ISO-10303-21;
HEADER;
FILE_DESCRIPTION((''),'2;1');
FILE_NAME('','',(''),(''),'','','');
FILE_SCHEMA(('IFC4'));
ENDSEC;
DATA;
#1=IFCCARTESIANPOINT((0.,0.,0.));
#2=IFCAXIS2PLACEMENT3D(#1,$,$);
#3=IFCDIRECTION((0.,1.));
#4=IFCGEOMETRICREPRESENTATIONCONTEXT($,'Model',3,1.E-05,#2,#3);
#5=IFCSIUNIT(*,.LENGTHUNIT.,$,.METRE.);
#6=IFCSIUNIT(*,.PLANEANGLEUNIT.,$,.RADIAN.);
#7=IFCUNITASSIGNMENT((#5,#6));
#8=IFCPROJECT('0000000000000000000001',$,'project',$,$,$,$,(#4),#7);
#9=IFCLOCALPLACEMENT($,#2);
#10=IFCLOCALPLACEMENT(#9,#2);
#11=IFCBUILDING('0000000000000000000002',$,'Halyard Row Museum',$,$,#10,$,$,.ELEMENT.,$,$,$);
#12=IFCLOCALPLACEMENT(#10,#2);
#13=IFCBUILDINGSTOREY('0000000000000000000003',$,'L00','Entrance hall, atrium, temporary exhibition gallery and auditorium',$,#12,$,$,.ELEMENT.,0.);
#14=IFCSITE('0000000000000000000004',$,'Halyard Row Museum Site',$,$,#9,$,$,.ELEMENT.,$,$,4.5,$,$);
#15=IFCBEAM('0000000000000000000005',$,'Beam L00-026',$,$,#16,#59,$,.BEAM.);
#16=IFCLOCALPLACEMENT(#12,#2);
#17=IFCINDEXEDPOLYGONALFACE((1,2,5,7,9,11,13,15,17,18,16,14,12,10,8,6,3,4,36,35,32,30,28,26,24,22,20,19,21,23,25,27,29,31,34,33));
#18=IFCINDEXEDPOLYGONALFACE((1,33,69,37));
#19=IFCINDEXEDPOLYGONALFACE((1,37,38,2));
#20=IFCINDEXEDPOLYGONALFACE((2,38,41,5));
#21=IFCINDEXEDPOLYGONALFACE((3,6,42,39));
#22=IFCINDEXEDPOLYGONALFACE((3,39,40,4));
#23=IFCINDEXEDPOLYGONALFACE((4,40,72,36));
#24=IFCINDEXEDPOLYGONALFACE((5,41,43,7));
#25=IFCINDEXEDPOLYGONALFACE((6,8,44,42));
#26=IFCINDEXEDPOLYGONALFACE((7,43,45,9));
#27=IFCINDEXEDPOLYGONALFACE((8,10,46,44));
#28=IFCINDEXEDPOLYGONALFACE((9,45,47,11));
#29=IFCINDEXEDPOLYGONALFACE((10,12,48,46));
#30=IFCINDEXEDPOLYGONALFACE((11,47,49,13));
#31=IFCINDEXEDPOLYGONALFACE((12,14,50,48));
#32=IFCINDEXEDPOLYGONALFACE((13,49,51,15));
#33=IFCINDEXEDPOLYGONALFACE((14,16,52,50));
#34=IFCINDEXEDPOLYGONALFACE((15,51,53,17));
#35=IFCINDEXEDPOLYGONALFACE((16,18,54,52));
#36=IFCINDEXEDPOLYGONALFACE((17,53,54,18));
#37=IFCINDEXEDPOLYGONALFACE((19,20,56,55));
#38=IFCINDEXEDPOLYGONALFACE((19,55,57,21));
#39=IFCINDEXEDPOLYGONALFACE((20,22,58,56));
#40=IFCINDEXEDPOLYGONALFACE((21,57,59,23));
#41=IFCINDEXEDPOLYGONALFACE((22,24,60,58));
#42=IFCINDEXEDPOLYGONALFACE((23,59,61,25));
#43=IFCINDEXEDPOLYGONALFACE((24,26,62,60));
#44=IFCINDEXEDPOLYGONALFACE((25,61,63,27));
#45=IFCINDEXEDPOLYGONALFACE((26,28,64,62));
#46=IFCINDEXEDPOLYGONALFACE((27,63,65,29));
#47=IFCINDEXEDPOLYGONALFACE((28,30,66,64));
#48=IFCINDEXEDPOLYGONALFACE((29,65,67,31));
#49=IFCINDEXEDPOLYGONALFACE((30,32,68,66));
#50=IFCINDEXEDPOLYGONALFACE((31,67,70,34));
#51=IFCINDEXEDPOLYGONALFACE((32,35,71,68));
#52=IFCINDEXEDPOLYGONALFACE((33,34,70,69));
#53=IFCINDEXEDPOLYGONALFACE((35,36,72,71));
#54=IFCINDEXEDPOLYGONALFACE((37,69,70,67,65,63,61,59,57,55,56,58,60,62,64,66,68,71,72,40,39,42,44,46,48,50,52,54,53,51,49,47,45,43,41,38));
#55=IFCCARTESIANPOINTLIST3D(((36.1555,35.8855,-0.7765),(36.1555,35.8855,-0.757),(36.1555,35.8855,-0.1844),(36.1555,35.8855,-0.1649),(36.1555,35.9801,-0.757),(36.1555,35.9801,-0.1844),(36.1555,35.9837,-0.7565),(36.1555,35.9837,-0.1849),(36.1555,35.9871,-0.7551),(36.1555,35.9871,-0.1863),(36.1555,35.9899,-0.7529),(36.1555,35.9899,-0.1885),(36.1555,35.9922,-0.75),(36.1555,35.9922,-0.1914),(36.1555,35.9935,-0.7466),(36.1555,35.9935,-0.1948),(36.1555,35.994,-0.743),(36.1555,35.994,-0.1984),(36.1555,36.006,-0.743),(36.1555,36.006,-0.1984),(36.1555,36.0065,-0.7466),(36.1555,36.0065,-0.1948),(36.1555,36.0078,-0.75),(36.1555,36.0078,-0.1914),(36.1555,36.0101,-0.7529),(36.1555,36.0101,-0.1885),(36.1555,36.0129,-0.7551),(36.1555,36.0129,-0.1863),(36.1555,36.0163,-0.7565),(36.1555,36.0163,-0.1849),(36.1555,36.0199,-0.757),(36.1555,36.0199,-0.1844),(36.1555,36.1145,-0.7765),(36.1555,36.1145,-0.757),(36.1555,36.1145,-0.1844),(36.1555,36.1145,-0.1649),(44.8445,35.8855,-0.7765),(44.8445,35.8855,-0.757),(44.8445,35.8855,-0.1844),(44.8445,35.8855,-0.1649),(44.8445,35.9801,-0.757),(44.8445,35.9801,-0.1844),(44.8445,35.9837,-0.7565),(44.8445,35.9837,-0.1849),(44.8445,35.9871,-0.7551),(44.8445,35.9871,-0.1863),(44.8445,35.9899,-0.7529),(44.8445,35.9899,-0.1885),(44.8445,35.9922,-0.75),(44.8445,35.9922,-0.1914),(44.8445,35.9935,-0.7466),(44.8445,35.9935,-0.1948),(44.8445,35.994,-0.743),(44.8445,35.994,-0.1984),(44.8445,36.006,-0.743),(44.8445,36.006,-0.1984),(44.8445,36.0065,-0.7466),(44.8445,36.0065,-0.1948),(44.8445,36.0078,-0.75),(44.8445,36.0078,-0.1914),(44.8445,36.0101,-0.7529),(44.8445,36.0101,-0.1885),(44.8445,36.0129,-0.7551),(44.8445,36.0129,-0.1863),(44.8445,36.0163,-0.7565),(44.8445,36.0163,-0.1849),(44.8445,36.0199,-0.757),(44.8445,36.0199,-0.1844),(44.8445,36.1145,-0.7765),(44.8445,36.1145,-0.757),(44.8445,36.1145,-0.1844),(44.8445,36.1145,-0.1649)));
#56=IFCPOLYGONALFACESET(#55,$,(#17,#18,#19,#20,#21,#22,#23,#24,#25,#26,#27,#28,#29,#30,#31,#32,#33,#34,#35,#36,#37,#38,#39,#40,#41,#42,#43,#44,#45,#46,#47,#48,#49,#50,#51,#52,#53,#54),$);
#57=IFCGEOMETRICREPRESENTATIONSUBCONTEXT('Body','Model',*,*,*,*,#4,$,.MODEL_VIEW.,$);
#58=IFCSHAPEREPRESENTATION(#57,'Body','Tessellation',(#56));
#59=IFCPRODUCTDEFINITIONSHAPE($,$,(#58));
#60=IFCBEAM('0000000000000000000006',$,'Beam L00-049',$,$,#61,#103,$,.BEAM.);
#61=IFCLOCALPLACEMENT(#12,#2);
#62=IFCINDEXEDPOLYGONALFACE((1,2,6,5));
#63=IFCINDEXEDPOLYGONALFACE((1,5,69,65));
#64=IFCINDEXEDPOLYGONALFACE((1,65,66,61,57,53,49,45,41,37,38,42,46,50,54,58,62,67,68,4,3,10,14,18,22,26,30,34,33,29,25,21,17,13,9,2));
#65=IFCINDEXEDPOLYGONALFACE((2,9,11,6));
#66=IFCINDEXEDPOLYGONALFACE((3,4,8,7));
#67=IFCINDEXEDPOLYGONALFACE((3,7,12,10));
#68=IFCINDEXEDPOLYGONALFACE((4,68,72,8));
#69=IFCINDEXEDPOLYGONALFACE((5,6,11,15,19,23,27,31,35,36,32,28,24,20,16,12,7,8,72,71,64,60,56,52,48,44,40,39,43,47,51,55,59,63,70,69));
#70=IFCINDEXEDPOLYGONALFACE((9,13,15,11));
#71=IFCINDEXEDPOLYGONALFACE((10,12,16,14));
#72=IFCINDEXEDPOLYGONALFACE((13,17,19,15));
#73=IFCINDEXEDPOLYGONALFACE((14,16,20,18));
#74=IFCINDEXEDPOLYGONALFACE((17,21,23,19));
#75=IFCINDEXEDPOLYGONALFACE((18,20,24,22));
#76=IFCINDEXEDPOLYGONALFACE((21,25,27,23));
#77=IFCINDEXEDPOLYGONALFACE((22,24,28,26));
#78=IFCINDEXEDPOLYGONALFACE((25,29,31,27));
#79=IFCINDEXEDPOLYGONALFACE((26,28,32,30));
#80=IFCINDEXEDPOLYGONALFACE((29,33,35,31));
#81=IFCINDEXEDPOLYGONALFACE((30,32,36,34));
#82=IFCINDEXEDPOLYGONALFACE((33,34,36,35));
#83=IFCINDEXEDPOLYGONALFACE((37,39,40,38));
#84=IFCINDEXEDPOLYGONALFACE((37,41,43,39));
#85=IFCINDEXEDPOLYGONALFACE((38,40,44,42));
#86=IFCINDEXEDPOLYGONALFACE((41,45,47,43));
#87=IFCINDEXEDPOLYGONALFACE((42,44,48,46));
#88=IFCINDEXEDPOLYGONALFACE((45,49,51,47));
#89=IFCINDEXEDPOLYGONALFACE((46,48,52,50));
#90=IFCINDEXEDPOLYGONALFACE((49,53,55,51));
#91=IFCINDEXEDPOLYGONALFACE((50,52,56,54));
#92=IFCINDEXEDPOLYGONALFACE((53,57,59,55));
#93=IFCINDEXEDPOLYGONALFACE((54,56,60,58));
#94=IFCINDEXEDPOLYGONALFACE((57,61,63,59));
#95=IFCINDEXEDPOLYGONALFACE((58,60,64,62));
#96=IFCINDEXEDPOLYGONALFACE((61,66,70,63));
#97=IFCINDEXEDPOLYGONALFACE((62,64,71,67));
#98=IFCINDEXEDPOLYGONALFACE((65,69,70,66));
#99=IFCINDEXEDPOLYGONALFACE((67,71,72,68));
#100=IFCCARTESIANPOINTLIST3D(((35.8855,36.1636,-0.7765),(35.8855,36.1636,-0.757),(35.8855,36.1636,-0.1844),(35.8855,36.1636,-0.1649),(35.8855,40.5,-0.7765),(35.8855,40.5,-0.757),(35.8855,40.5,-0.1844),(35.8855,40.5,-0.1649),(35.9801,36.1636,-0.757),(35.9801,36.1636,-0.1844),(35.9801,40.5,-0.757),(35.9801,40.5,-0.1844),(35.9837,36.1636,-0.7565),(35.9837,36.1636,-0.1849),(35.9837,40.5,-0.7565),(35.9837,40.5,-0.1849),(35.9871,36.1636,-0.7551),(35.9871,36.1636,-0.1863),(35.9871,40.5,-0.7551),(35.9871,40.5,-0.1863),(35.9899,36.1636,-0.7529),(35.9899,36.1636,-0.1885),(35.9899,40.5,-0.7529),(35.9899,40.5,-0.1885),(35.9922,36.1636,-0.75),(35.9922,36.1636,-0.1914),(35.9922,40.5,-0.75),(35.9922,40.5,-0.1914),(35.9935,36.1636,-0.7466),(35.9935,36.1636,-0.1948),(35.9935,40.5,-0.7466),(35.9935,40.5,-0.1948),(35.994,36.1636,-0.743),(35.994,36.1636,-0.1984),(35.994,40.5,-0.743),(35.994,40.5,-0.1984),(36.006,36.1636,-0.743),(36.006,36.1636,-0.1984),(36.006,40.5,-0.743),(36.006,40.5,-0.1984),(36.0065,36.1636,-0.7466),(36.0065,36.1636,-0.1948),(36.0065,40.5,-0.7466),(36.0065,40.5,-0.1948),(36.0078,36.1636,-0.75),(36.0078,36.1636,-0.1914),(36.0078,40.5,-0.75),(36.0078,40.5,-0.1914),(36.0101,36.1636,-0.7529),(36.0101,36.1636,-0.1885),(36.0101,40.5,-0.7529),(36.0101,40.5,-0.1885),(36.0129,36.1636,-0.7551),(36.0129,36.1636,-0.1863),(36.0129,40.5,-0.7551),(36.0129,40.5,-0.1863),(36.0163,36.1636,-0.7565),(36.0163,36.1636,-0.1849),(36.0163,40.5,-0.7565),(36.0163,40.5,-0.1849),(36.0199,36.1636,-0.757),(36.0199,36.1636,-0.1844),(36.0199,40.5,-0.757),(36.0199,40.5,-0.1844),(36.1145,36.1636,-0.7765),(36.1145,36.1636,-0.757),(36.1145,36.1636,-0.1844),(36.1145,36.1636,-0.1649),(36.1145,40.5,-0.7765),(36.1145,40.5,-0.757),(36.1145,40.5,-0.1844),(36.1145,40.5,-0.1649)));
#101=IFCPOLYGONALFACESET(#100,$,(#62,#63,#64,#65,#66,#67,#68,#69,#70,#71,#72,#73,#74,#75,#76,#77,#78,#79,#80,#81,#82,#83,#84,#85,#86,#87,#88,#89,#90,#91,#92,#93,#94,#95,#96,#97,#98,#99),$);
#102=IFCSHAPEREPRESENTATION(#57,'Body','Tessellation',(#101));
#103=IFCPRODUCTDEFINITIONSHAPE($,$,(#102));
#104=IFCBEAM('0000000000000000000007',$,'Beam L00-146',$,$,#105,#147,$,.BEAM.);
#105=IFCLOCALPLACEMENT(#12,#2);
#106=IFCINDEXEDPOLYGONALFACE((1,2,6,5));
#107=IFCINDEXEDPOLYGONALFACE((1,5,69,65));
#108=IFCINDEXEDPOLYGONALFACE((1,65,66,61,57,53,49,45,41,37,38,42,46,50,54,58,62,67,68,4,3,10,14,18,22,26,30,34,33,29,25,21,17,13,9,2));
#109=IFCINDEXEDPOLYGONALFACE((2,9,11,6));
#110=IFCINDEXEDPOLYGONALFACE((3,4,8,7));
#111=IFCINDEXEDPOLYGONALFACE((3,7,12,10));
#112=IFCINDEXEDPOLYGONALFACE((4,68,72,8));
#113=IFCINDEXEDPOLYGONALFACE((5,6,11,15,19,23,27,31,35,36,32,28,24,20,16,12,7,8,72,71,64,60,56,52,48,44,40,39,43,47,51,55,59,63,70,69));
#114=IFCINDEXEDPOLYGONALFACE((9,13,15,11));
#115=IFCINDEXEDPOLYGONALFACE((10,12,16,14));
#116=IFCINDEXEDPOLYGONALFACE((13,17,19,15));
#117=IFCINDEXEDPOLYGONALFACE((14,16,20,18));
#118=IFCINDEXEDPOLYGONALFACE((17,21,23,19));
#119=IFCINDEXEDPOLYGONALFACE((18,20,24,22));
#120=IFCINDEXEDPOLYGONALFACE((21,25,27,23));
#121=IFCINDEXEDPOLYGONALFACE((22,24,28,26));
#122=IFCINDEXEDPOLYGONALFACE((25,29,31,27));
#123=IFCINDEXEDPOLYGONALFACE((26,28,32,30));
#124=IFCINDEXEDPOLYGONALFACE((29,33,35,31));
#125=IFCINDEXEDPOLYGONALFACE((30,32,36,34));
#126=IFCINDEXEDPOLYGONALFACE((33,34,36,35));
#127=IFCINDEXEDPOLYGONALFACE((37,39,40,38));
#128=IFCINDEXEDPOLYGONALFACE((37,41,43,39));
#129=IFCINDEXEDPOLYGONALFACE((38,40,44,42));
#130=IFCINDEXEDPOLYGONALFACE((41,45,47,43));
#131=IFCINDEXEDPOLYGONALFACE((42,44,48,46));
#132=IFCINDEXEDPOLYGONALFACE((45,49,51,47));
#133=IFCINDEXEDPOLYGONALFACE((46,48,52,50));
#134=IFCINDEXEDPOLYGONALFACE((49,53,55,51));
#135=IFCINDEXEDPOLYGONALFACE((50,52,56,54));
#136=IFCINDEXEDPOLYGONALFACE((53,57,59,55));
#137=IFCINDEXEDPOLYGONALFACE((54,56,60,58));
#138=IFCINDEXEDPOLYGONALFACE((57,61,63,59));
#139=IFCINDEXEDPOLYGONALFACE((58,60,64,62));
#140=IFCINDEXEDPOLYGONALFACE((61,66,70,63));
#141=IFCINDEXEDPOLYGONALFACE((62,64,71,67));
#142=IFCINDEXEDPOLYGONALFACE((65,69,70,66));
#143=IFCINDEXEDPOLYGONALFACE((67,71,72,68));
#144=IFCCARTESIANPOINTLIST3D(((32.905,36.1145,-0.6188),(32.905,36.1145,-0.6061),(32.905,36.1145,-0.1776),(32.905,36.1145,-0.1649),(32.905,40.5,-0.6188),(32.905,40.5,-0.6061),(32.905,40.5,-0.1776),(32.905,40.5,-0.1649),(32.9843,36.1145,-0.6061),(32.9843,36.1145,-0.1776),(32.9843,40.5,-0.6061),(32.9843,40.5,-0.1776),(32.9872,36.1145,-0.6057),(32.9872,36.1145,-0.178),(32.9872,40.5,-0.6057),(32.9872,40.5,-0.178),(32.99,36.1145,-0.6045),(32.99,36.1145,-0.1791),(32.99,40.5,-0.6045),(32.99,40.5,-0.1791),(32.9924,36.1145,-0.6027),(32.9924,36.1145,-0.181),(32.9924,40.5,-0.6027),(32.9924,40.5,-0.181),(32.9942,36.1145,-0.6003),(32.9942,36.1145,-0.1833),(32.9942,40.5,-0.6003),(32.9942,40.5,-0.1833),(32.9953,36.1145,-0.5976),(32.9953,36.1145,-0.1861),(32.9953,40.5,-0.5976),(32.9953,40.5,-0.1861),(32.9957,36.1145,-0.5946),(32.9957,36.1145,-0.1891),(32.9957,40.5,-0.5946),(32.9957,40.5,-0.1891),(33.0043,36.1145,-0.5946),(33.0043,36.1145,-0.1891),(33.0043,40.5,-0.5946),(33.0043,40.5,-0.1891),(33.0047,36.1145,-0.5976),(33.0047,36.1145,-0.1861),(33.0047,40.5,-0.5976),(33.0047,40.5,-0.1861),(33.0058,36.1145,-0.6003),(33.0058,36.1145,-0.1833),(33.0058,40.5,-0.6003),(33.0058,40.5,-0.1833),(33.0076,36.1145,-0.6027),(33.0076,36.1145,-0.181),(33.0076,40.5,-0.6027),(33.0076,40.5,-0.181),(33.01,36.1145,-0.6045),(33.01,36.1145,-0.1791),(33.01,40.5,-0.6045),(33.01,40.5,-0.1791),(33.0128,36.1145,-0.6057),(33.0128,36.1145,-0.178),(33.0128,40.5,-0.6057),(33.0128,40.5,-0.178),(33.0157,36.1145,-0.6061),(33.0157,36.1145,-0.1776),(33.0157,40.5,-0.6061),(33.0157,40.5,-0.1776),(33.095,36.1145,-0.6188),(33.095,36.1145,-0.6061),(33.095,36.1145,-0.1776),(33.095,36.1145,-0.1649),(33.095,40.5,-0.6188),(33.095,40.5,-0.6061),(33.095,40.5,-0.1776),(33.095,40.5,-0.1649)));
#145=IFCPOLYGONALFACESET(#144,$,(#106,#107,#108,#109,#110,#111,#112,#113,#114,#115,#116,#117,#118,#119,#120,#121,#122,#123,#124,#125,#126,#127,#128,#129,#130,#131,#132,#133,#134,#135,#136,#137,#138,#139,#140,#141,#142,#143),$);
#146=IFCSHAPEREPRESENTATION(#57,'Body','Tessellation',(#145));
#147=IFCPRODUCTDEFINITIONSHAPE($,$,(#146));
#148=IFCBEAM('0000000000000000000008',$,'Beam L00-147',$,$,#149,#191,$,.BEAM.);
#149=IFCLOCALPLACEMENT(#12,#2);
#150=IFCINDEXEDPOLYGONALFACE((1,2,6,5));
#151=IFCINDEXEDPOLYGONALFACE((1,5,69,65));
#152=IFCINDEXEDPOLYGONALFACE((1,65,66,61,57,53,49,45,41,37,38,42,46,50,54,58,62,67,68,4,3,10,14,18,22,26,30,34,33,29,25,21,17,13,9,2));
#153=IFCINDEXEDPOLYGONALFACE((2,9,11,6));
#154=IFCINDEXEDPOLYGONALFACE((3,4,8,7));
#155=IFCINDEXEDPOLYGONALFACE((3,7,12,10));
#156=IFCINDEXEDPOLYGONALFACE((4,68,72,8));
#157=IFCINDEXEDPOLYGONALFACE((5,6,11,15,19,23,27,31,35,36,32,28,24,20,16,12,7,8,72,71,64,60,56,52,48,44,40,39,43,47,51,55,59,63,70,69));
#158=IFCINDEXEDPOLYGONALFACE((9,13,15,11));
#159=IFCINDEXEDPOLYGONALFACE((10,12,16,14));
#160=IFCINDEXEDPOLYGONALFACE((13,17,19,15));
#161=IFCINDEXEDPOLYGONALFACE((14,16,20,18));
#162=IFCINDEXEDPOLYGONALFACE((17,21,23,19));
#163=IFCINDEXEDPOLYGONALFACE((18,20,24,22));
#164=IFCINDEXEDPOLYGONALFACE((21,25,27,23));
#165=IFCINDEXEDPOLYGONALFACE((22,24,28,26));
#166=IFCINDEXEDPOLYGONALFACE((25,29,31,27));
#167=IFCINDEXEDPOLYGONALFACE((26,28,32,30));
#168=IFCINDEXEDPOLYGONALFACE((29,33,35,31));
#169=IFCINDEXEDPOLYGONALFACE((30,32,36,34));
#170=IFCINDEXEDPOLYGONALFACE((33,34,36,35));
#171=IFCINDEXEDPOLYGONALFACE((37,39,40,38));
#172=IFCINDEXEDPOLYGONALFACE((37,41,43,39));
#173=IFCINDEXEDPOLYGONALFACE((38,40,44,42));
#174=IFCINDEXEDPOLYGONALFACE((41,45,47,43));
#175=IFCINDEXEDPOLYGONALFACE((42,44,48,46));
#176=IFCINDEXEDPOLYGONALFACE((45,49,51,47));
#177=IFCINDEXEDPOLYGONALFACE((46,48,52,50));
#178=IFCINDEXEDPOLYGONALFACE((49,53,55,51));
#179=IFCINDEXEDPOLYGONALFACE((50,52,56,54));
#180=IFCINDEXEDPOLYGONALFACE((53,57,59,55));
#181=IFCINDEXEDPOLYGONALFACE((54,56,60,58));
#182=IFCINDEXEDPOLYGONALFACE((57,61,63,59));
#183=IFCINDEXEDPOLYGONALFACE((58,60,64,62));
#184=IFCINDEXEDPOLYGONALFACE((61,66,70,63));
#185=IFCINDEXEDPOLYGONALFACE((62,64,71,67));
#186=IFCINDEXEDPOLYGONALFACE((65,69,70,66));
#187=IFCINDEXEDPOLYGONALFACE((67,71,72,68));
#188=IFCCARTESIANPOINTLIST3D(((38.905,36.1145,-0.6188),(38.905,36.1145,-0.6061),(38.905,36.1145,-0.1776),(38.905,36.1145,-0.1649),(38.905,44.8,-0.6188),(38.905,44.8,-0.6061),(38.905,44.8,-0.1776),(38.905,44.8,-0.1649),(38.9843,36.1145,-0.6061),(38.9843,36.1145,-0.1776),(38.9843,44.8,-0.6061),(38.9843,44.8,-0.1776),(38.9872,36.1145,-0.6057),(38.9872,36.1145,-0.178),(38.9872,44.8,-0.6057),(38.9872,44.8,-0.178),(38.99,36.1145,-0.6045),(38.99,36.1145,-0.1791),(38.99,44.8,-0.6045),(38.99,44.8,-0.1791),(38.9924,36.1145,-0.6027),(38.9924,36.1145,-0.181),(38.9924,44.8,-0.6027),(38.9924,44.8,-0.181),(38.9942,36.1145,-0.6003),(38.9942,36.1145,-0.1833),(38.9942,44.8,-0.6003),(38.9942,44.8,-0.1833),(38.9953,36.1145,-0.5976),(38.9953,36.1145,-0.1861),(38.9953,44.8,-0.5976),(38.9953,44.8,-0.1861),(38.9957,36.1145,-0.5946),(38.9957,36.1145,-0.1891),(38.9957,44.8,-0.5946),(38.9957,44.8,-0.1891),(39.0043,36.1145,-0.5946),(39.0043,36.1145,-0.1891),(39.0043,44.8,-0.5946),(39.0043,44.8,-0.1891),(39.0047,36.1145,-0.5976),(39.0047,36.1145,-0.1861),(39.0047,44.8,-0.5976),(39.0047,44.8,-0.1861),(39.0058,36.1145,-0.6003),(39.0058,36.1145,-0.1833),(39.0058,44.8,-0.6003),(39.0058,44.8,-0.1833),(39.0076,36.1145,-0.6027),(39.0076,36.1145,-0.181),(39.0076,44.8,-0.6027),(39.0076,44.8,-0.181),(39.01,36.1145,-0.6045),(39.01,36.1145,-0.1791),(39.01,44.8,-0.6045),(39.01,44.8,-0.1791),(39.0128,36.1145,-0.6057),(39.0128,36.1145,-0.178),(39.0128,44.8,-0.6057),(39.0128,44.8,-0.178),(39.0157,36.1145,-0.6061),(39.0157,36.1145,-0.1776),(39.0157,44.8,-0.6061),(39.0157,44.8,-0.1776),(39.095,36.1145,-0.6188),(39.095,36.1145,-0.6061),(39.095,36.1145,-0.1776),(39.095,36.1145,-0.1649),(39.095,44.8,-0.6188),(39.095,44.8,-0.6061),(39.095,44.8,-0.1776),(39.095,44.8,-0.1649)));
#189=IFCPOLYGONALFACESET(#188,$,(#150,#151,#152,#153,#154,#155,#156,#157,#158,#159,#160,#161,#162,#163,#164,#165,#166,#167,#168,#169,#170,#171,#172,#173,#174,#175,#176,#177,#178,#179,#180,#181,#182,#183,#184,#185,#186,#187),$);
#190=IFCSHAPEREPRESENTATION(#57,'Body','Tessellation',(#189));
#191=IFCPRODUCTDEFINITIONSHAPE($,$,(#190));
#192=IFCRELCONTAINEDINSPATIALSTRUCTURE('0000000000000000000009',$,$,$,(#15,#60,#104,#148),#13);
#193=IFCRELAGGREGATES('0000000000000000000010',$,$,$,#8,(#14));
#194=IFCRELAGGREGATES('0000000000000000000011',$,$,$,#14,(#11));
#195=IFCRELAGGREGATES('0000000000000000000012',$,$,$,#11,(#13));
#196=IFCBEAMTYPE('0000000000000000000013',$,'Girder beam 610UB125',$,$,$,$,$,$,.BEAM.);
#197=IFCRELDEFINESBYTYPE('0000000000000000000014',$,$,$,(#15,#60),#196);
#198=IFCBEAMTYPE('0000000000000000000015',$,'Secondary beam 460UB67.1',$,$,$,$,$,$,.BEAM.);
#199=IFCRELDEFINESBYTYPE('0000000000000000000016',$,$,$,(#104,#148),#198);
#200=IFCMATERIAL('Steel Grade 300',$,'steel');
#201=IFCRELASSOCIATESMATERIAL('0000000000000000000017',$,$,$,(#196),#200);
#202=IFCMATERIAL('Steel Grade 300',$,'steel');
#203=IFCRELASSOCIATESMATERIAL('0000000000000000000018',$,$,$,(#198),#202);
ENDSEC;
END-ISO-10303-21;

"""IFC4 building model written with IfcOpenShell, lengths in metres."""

from ifc_helpers import new_model, si_unit, direction, frame, origin, origin_2d, place, context, subcontext, project, spatial, i_section, extrude, material, material_profile, profile_set, type_object, element, save


model = new_model("IFC4")

# Units and contexts
model_context = context("Model", 3, precision=1e-05, world=origin(), true_north=direction((0.0, 1.0)))
body_context = subcontext(model_context, "Body", "Model", "MODEL_VIEW")
ifc_project = project(units=[si_unit("LENGTHUNIT", "METRE"), si_unit("PLANEANGLEUNIT", "RADIAN")], contexts=[model_context])

# Site, building, storey
site_placement = place(None, origin())
site = spatial("IfcSite", under=ifc_project, at=site_placement, Name="Halyard Row Museum Site", CompositionType="ELEMENT", RefElevation=4.5)
building_placement = place(site_placement, origin())
building = spatial("IfcBuilding", under=site, at=building_placement, Name="Halyard Row Museum", CompositionType="ELEMENT")
storey_placement = place(building_placement, origin())
storey = spatial("IfcBuildingStorey", under=building, at=storey_placement, Name="L00", Description="Entrance hall, atrium, temporary exhibition gallery and auditorium", CompositionType="ELEMENT", Elevation=0.0)

# Beams
ifc_material_1 = material(Name="Steel Grade 300", Category="steel")
ifc_material_profile_1 = material_profile(ifc_material_1, i_section(OverallWidth=0.229, OverallDepth=0.6116, WebThickness=0.012, FlangeThickness=0.0195, FilletRadius=0.0139, at=origin_2d()), Name="610UB125")
ifc_profile_set_1 = profile_set([ifc_material_profile_1], Name="Steel Grade 300")
beam_type_1 = type_object("IfcBeamType", Name="Girder beam 610UB125", PredefinedType="BEAM", material=ifc_profile_set_1)
beam_1_placement = place(storey_placement, frame((36.1555, 36.0, -0.4707), z_axis=(1.0, 0.0, 0.0), x_axis=(0.0, 1.0, 0.0)))
element("IfcBeam", 1, at=beam_1_placement, inside=storey, type_object=beam_type_1, Name="Beam L00-026", PredefinedType="BEAM", context=body_context, shape_type="SweptSolid", body=[
    extrude(i_section(OverallWidth=0.229, OverallDepth=0.6116, WebThickness=0.012, FlangeThickness=0.0195, FilletRadius=0.0139, at=origin_2d()), origin(), (0.0, 0.0, 1.0), 8.689),
])
beam_2_placement = place(storey_placement, frame((36.0, 36.1636, -0.4707), z_axis=(0.0, 1.0, 0.0), x_axis=(-1.0, 0.0, 0.0)))
element("IfcBeam", 2, at=beam_2_placement, inside=storey, type_object=beam_type_1, Name="Beam L00-049", PredefinedType="BEAM", context=body_context, shape_type="SweptSolid", body=[
    extrude(i_section(OverallWidth=0.229, OverallDepth=0.6116, WebThickness=0.012, FlangeThickness=0.0195, FilletRadius=0.0139, at=origin_2d()), origin(), (0.0, 0.0, 1.0), 4.3364),
])
ifc_material_2 = material(Name="Steel Grade 300", Category="steel")
ifc_material_profile_2 = material_profile(ifc_material_2, i_section(OverallWidth=0.1899, OverallDepth=0.4539, WebThickness=0.0085, FlangeThickness=0.0127, FilletRadius=0.0115, at=origin_2d()), Name="460UB67.1")
ifc_profile_set_2 = profile_set([ifc_material_profile_2], Name="Steel Grade 300")
beam_type_2 = type_object("IfcBeamType", Name="Secondary beam 460UB67.1", PredefinedType="BEAM", material=ifc_profile_set_2)
beam_3_placement = place(storey_placement, frame((33.0, 36.1145, -0.3918), z_axis=(0.0, 1.0, 0.0), x_axis=(-1.0, 0.0, 0.0)))
element("IfcBeam", 3, at=beam_3_placement, inside=storey, type_object=beam_type_2, Name="Beam L00-146", PredefinedType="BEAM", context=body_context, shape_type="SweptSolid", body=[
    extrude(i_section(OverallWidth=0.1899, OverallDepth=0.4539, WebThickness=0.0085, FlangeThickness=0.0127, FilletRadius=0.0115, at=origin_2d()), origin(), (0.0, 0.0, 1.0), 4.3855),
])
for number, where, z_axis, x_axis, name in (
    (4, (39.0, 36.1145, -0.3918), (0.0, 1.0, 0.0), (-1.0, 0.0, 0.0), "Beam L00-147"),
):
    element("IfcBeam", number, at=place(storey_placement, frame(where, z_axis=z_axis, x_axis=x_axis)), inside=storey, type_object=beam_type_2, Name=name, PredefinedType="BEAM", context=body_context, shape_type="SweptSolid", body=[
        extrude(i_section(OverallWidth=0.1899, OverallDepth=0.4539, WebThickness=0.0085, FlangeThickness=0.0127, FilletRadius=0.0115, at=origin_2d()), origin(), (0.0, 0.0, 1.0), 8.6855),
    ])

save(model, "model.ifc")
